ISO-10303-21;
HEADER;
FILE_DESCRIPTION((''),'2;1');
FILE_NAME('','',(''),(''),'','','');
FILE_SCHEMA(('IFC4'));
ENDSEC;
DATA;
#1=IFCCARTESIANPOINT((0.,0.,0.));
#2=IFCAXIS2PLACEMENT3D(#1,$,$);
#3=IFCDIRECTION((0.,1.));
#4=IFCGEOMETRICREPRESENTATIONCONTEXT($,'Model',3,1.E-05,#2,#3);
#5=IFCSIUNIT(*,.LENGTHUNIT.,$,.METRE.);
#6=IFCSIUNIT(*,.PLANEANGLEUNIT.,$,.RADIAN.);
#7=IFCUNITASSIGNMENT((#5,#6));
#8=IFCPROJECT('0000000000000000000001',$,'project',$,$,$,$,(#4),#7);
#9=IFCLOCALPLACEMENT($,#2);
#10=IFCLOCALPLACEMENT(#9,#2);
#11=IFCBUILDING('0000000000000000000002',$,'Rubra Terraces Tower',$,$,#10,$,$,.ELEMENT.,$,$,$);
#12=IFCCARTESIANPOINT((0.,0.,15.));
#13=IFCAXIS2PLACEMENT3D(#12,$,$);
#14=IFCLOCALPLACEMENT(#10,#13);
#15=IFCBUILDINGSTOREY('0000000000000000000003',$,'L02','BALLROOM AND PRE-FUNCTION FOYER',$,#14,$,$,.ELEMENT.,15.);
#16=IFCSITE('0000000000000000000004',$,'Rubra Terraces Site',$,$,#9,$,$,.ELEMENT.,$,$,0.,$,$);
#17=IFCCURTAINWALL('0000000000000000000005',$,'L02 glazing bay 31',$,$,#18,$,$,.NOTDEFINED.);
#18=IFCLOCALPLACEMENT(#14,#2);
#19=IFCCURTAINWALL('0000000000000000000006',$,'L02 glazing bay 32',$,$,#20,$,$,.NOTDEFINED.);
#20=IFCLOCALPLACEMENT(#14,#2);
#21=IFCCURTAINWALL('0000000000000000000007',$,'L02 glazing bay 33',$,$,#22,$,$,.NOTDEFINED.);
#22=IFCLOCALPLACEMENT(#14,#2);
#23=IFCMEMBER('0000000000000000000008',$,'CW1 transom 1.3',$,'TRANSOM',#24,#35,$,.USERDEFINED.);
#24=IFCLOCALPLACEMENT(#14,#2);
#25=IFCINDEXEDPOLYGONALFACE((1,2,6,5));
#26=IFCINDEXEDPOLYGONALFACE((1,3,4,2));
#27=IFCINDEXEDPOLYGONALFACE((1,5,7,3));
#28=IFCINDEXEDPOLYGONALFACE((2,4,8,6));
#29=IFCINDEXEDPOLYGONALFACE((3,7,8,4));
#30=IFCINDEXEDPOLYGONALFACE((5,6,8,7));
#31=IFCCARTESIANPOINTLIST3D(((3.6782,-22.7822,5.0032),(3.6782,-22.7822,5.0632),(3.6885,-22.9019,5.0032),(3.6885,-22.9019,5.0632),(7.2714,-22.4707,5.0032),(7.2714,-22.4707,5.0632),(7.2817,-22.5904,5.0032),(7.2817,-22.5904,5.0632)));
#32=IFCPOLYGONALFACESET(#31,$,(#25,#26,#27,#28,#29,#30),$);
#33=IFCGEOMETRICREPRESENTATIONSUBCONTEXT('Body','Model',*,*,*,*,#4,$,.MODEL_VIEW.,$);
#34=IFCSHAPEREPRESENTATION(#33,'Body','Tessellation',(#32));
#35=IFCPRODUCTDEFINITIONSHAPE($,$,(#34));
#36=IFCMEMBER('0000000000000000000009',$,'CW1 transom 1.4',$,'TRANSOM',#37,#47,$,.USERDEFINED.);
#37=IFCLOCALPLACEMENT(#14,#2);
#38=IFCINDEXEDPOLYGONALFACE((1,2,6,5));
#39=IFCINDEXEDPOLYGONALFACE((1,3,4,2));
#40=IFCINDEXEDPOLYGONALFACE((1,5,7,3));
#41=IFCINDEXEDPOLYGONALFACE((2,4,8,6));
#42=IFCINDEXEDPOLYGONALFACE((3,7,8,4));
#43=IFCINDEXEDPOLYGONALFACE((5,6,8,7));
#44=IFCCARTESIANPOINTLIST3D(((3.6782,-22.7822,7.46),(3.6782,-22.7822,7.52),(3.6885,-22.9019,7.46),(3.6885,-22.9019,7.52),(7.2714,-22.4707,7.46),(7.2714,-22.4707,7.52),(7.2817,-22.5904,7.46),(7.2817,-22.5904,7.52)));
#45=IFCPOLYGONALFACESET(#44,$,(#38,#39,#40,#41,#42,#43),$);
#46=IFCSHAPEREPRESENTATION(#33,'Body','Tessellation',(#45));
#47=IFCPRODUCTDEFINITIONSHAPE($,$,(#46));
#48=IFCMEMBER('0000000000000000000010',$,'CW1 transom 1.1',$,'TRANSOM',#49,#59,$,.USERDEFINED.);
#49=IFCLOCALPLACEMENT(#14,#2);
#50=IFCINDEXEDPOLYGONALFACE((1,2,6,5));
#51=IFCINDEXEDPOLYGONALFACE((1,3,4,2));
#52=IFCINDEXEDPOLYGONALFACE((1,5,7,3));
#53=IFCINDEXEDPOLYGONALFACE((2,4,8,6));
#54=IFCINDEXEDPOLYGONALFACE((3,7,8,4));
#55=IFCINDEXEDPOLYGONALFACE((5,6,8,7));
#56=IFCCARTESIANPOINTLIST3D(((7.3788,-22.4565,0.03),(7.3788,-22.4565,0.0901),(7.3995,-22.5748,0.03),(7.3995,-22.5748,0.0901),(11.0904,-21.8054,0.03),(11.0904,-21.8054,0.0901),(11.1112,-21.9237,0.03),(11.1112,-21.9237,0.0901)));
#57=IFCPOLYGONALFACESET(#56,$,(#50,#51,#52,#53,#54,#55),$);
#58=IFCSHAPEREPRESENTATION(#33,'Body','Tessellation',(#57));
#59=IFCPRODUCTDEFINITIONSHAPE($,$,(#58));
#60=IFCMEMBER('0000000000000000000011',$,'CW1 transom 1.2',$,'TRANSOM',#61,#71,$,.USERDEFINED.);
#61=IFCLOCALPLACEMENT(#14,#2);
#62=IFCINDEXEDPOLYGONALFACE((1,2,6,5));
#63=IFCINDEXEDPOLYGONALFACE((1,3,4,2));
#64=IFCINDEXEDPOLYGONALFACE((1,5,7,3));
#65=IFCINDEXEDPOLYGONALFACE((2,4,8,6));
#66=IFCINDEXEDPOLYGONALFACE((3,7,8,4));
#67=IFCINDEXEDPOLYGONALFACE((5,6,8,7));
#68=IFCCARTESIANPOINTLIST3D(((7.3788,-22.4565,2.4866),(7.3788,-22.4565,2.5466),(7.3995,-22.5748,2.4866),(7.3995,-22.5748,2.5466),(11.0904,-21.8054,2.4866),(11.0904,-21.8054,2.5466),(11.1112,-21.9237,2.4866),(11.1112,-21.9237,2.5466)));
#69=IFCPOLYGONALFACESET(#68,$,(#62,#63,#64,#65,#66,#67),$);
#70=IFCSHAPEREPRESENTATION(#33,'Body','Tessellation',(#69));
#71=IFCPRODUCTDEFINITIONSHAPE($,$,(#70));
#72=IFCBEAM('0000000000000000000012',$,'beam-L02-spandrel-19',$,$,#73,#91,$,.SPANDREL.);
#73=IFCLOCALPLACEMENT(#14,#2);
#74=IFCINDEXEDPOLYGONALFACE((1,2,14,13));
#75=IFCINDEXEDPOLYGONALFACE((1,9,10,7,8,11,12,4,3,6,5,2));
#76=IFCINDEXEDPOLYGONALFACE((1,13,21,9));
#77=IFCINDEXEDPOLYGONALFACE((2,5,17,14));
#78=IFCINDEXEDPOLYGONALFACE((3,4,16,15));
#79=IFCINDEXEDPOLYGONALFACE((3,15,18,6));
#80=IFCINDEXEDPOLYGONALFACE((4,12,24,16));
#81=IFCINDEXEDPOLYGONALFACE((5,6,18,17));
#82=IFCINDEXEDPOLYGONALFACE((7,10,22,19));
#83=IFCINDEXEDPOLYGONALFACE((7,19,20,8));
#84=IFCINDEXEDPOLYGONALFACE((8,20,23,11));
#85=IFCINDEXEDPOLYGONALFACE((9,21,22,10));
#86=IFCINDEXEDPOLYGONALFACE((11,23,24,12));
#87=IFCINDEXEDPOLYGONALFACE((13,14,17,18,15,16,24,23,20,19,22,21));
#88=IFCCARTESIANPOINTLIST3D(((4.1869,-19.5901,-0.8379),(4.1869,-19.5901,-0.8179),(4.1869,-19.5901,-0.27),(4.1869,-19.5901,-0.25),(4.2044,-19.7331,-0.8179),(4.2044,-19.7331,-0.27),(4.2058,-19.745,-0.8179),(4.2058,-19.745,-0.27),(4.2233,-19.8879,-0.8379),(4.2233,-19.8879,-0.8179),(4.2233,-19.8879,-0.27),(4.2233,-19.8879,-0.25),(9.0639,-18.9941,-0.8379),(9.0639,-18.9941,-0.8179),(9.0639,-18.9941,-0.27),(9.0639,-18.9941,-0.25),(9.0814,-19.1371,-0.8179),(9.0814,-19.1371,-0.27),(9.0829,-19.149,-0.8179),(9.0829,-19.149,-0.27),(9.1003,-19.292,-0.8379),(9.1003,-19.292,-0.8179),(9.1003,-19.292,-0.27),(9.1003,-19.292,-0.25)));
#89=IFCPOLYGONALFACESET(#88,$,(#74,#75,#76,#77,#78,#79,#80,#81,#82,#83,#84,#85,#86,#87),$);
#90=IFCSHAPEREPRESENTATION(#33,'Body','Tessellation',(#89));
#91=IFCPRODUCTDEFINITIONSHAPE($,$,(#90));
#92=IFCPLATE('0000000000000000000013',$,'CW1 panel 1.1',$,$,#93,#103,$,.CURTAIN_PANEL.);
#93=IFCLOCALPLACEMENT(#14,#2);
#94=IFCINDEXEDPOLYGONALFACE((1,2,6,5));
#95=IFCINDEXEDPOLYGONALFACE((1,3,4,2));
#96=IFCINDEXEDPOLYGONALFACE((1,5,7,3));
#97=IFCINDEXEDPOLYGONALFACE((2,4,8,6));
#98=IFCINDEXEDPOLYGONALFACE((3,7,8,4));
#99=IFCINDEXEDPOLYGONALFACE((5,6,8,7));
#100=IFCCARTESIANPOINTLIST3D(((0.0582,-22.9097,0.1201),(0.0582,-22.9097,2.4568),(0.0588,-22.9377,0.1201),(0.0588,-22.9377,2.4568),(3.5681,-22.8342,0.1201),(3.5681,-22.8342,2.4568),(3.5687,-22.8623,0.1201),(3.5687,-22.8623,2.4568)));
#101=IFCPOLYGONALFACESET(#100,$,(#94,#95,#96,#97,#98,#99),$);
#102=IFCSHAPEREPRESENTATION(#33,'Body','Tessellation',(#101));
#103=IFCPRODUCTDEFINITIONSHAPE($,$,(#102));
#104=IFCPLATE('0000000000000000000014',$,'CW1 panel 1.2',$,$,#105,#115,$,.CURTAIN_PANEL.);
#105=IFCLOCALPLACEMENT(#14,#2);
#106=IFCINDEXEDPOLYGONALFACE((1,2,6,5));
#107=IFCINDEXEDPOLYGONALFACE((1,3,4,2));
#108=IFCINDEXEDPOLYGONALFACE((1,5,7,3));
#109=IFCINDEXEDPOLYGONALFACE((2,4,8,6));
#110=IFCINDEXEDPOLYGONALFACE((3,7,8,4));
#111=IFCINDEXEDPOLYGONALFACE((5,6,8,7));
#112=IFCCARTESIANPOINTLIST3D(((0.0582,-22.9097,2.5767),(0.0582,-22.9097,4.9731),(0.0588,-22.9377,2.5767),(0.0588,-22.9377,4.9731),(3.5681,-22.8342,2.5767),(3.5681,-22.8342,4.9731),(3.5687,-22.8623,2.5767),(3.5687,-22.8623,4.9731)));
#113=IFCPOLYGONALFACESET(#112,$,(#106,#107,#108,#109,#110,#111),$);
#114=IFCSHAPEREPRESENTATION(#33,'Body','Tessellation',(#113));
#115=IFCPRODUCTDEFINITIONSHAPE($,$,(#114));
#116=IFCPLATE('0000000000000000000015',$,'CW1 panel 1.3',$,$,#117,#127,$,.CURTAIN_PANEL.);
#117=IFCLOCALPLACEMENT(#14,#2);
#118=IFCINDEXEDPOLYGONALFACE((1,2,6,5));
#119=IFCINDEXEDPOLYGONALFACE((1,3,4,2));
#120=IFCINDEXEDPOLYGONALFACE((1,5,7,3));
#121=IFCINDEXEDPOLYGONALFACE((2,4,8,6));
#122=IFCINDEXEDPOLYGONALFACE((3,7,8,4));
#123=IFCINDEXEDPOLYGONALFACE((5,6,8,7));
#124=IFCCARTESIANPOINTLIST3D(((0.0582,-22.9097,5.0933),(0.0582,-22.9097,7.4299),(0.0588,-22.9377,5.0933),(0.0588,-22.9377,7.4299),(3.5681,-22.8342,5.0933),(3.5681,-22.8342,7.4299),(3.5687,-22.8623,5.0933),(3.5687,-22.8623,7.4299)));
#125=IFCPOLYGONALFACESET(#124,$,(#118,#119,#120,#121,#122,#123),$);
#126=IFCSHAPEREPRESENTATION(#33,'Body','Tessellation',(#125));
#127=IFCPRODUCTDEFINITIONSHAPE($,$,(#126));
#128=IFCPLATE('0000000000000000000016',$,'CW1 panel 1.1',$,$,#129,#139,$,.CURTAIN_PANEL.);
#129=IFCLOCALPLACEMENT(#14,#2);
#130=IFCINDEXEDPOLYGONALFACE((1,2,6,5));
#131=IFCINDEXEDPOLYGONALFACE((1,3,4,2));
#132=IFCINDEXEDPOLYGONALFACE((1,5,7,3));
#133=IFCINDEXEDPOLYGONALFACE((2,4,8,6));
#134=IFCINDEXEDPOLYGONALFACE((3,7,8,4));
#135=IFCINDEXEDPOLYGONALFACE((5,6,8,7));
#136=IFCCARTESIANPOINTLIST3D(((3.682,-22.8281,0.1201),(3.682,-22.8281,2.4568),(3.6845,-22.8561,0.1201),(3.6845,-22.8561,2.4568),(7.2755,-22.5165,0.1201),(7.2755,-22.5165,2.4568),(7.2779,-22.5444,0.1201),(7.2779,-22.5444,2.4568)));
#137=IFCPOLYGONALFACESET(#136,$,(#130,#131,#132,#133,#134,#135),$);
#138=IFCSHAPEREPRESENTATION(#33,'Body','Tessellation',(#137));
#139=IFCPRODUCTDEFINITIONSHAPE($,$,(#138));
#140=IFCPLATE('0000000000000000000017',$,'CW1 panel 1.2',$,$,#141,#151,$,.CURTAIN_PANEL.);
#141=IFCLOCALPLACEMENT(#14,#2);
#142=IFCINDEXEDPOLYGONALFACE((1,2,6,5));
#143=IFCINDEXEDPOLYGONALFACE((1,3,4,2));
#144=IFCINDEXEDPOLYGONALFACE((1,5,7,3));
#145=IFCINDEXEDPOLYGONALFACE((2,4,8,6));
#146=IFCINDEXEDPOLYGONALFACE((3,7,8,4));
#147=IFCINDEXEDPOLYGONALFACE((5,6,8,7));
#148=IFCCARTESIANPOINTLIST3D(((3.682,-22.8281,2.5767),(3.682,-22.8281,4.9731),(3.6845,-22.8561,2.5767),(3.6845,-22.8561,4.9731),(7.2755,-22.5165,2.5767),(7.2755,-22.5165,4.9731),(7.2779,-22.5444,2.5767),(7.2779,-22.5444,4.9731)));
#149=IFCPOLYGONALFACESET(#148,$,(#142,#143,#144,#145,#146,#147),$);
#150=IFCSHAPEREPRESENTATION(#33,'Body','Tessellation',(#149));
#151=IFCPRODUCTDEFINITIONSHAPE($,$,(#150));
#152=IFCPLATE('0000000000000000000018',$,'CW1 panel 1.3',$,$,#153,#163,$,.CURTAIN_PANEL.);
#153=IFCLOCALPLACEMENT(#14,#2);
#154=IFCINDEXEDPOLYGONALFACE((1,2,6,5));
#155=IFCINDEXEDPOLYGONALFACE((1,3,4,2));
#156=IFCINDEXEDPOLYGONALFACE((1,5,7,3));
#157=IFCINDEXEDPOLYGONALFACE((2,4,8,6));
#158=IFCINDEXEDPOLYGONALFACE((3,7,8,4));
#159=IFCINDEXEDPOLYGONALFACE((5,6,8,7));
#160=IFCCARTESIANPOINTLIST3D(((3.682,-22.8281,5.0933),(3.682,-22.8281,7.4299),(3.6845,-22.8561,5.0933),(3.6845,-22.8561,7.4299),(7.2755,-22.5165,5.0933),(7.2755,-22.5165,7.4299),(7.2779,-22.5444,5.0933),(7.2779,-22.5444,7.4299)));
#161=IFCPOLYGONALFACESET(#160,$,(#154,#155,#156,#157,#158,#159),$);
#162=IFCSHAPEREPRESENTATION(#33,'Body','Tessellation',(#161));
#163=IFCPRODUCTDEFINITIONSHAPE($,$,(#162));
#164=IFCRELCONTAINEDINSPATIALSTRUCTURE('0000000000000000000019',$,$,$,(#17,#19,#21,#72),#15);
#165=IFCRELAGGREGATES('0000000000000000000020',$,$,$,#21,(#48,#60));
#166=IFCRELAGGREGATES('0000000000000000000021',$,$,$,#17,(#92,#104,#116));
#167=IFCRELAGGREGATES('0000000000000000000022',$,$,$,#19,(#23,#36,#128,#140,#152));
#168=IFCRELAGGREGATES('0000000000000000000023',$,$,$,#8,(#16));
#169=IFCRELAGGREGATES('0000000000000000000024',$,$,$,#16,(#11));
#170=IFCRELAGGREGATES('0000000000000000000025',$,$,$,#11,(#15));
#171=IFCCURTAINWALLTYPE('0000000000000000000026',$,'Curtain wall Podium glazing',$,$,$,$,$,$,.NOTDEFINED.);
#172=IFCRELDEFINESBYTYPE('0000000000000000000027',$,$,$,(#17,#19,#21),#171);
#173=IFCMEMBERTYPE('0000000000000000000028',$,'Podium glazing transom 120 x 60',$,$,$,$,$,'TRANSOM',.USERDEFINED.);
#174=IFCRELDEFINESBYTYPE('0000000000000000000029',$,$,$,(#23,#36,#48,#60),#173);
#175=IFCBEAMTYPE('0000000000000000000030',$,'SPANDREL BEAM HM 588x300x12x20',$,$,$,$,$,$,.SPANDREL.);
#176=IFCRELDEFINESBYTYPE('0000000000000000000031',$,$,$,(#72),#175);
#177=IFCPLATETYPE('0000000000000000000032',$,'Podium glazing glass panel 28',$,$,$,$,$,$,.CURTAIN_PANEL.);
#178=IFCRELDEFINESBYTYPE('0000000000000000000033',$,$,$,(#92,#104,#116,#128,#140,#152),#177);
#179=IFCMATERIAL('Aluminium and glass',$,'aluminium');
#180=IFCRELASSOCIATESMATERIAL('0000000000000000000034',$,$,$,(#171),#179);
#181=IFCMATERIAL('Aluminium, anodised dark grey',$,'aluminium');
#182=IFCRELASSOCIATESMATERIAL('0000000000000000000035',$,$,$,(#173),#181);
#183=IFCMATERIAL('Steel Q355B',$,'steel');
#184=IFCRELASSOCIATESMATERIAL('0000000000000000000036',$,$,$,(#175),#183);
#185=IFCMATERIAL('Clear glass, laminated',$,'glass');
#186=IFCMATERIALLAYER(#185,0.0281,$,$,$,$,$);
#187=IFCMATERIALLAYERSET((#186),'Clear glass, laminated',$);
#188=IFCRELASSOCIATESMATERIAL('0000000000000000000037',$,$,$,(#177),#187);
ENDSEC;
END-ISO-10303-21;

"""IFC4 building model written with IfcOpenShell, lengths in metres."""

from ifc_helpers import new_model, si_unit, direction, frame, origin, origin_2d, place, context, subcontext, project, spatial, rectangle, i_section, extrude, material, layer, layer_set, material_profile, profile_set, type_object, element, aggregate, save


model = new_model("IFC4")

# Units and contexts
model_context = context("Model", 3, precision=1e-05, world=origin(), true_north=direction((0.0, 1.0)))
body_context = subcontext(model_context, "Body", "Model", "MODEL_VIEW")
ifc_project = project(units=[si_unit("LENGTHUNIT", "METRE"), si_unit("PLANEANGLEUNIT", "RADIAN")], contexts=[model_context])

# Site, building, storey
site_placement = place(None, origin())
site = spatial("IfcSite", under=ifc_project, at=site_placement, Name="Rubra Terraces Site", CompositionType="ELEMENT", RefElevation=0.0)
building_placement = place(site_placement, origin())
building = spatial("IfcBuilding", under=site, at=building_placement, Name="Rubra Terraces Tower", CompositionType="ELEMENT")
storey_placement = place(building_placement, frame((0.0, 0.0, 15.0)))
storey = spatial("IfcBuildingStorey", under=building, at=storey_placement, Name="L02", Description="BALLROOM AND PRE-FUNCTION FOYER", CompositionType="ELEMENT", Elevation=15.0)

# Shared definitions
ifc_material_1 = material(Name="Steel Q355B", Category="steel")

# Curtain walls
ifc_material_2 = material(Name="Aluminium and glass", Category="aluminium")
curtain_wall_type = type_object("IfcCurtainWallType", Name="Curtain wall Podium glazing", PredefinedType="NOTDEFINED", material=ifc_material_2)
curtain_wall_1_placement = place(storey_placement, origin())
curtain_wall_1 = element("IfcCurtainWall", 1, at=curtain_wall_1_placement, inside=storey, type_object=curtain_wall_type, Name="L02 glazing bay 31", PredefinedType="NOTDEFINED")
ifc_material_3 = material(Name="Aluminium, anodised dark grey", Category="aluminium")
curtain_wall_2_placement = place(storey_placement, origin())
curtain_wall_2 = element("IfcCurtainWall", 2, at=curtain_wall_2_placement, inside=storey, type_object=curtain_wall_type, Name="L02 glazing bay 32", PredefinedType="NOTDEFINED")
curtain_wall_3_placement = place(storey_placement, origin())
curtain_wall_3 = element("IfcCurtainWall", 3, at=curtain_wall_3_placement, inside=storey, type_object=curtain_wall_type, Name="L02 glazing bay 33", PredefinedType="NOTDEFINED")

# Members
ifc_material_profile_1 = material_profile(ifc_material_3, rectangle(XDim=0.1201, YDim=0.0601, at=origin_2d()), Name="AL 120x60")
ifc_profile_set_1 = profile_set([ifc_material_profile_1], Name="Aluminium, anodised dark grey")
member_type_1 = type_object("IfcMemberType", Name="Podium glazing transom 120 x 60", ElementType="TRANSOM", PredefinedType="USERDEFINED", material=ifc_profile_set_1)
member_1_placement = place(storey_placement, frame((3.6833, -22.842, 5.0332), z_axis=(0.996263, 0.086373, 0.0), x_axis=(-0.086373, 0.996263, 0.0)))
member_1 = element("IfcMember", 4, at=member_1_placement, type_object=member_type_1, Name="CW1 transom 1.3", ObjectType="TRANSOM", PredefinedType="USERDEFINED", context=body_context, shape_type="SweptSolid", body=[
    extrude(rectangle(XDim=0.1201, YDim=0.0601, at=origin_2d()), origin(), (0.0, 0.0, 1.0), 3.6067),
])
member_2_placement = place(storey_placement, frame((3.6833, -22.842, 7.49), z_axis=(0.996263, 0.086373, 0.0), x_axis=(-0.086373, 0.996263, 0.0)))
member_2 = element("IfcMember", 5, at=member_2_placement, type_object=member_type_1, Name="CW1 transom 1.4", ObjectType="TRANSOM", PredefinedType="USERDEFINED", context=body_context, shape_type="SweptSolid", body=[
    extrude(rectangle(XDim=0.1201, YDim=0.0601, at=origin_2d()), origin(), (0.0, 0.0, 1.0), 3.6067),
])
member_3_placement = place(storey_placement, frame((7.3892, -22.5156, 0.0601), z_axis=(0.984959, 0.172787, 0.0), x_axis=(-0.172787, 0.984959, 0.0)))
member_3 = element("IfcMember", 6, at=member_3_placement, type_object=member_type_1, Name="CW1 transom 1.1", ObjectType="TRANSOM", PredefinedType="USERDEFINED", context=body_context, shape_type="SweptSolid", body=[
    extrude(rectangle(XDim=0.1201, YDim=0.0601, at=origin_2d()), origin(), (0.0, 0.0, 1.0), 3.7683),
])
member_4_placement = place(storey_placement, frame((7.3892, -22.5156, 2.5166), z_axis=(0.984959, 0.172787, 0.0), x_axis=(-0.172787, 0.984959, 0.0)))
member_4 = element("IfcMember", 7, at=member_4_placement, type_object=member_type_1, Name="CW1 transom 1.2", ObjectType="TRANSOM", PredefinedType="USERDEFINED", context=body_context, shape_type="SweptSolid", body=[
    extrude(rectangle(XDim=0.1201, YDim=0.0601, at=origin_2d()), origin(), (0.0, 0.0, 1.0), 3.7683),
])
aggregate(curtain_wall_3, [member_3, member_4])

# Beam
ifc_material_profile_2 = material_profile(ifc_material_1, i_section(OverallWidth=0.3, OverallDepth=0.5879, WebThickness=0.012, FlangeThickness=0.02, at=origin_2d()), Name="HM 588x300x12x20")
ifc_profile_set_2 = profile_set([ifc_material_profile_2], Name="Steel Q355B")
beam_type_1 = type_object("IfcBeamType", Name="SPANDREL BEAM HM 588x300x12x20", PredefinedType="SPANDREL", material=ifc_profile_set_2)
beam_1_placement = place(storey_placement, frame((4.2051, -19.739, -0.5439), z_axis=(0.992617, 0.121294, 0.0), x_axis=(-0.121294, 0.992617, 0.0)))
element("IfcBeam", 8, at=beam_1_placement, inside=storey, type_object=beam_type_1, Name="beam-L02-spandrel-19", PredefinedType="SPANDREL", context=body_context, shape_type="SweptSolid", body=[
    extrude(i_section(OverallWidth=0.3, OverallDepth=0.5879, WebThickness=0.012, FlangeThickness=0.02, at=origin_2d()), origin(), (0.0, 0.0, 1.0), 4.9133),
])

# Plates
ifc_material_4 = material(Name="Clear glass, laminated", Category="glass")
ifc_layer = layer(ifc_material_4, 0.0281)
ifc_layer_set = layer_set([ifc_layer], Name="Clear glass, laminated")
plate_type = type_object("IfcPlateType", Name="Podium glazing glass panel 28", PredefinedType="CURTAIN_PANEL", material=ifc_layer_set)
plate_1_placement = place(storey_placement, frame((1.8135, -22.886, 0.1201), z_axis=(0.0, 0.0, 1.0), x_axis=(0.999769, 0.021483, 0.0)))
plate_1 = element("IfcPlate", 9, at=plate_1_placement, type_object=plate_type, Name="CW1 panel 1.1", PredefinedType="CURTAIN_PANEL", context=body_context, shape_type="SweptSolid", body=[
    extrude(rectangle(XDim=3.5107, YDim=0.0281, at=origin_2d()), origin(), (0.0, 0.0, 1.0), 2.3367),
])
plate_2_placement = place(storey_placement, frame((1.8135, -22.886, 2.5767), z_axis=(0.0, 0.0, 1.0), x_axis=(0.999769, 0.021483, 0.0)))
plate_2 = element("IfcPlate", 10, at=plate_2_placement, type_object=plate_type, Name="CW1 panel 1.2", PredefinedType="CURTAIN_PANEL", context=body_context, shape_type="SweptSolid", body=[
    extrude(rectangle(XDim=3.5107, YDim=0.0281, at=origin_2d()), origin(), (0.0, 0.0, 1.0), 2.3965),
])
plate_3_placement = place(storey_placement, frame((1.8135, -22.886, 5.0933), z_axis=(0.0, 0.0, 1.0), x_axis=(0.999769, 0.021483, 0.0)))
plate_3 = element("IfcPlate", 11, at=plate_3_placement, type_object=plate_type, Name="CW1 panel 1.3", PredefinedType="CURTAIN_PANEL", context=body_context, shape_type="SweptSolid", body=[
    extrude(rectangle(XDim=3.5107, YDim=0.0281, at=origin_2d()), origin(), (0.0, 0.0, 1.0), 2.3367),
])
aggregate(curtain_wall_1, [plate_1, plate_2, plate_3])
plate_4_placement = place(storey_placement, frame((5.48, -22.6863, 0.1201), z_axis=(0.0, 0.0, 1.0), x_axis=(0.996261, 0.086398, 0.0)))
plate_4 = element("IfcPlate", 12, at=plate_4_placement, type_object=plate_type, Name="CW1 panel 1.1", PredefinedType="CURTAIN_PANEL", context=body_context, shape_type="SweptSolid", body=[
    extrude(rectangle(XDim=3.6069, YDim=0.0281, at=origin_2d()), origin(), (0.0, 0.0, 1.0), 2.3367),
])
plate_5_placement = place(storey_placement, frame((5.48, -22.6863, 2.5767), z_axis=(0.0, 0.0, 1.0), x_axis=(0.996261, 0.086398, 0.0)))
plate_5 = element("IfcPlate", 13, at=plate_5_placement, type_object=plate_type, Name="CW1 panel 1.2", PredefinedType="CURTAIN_PANEL", context=body_context, shape_type="SweptSolid", body=[
    extrude(rectangle(XDim=3.6069, YDim=0.0281, at=origin_2d()), origin(), (0.0, 0.0, 1.0), 2.3965),
])
plate_6_placement = place(storey_placement, frame((5.48, -22.6863, 5.0933), z_axis=(0.0, 0.0, 1.0), x_axis=(0.996261, 0.086398, 0.0)))
plate_6 = element("IfcPlate", 14, at=plate_6_placement, type_object=plate_type, Name="CW1 panel 1.3", PredefinedType="CURTAIN_PANEL", context=body_context, shape_type="SweptSolid", body=[
    extrude(rectangle(XDim=3.6069, YDim=0.0281, at=origin_2d()), origin(), (0.0, 0.0, 1.0), 2.3367),
])
aggregate(curtain_wall_2, [member_1, member_2, plate_4, plate_5, plate_6])

save(model, "model.ifc")
